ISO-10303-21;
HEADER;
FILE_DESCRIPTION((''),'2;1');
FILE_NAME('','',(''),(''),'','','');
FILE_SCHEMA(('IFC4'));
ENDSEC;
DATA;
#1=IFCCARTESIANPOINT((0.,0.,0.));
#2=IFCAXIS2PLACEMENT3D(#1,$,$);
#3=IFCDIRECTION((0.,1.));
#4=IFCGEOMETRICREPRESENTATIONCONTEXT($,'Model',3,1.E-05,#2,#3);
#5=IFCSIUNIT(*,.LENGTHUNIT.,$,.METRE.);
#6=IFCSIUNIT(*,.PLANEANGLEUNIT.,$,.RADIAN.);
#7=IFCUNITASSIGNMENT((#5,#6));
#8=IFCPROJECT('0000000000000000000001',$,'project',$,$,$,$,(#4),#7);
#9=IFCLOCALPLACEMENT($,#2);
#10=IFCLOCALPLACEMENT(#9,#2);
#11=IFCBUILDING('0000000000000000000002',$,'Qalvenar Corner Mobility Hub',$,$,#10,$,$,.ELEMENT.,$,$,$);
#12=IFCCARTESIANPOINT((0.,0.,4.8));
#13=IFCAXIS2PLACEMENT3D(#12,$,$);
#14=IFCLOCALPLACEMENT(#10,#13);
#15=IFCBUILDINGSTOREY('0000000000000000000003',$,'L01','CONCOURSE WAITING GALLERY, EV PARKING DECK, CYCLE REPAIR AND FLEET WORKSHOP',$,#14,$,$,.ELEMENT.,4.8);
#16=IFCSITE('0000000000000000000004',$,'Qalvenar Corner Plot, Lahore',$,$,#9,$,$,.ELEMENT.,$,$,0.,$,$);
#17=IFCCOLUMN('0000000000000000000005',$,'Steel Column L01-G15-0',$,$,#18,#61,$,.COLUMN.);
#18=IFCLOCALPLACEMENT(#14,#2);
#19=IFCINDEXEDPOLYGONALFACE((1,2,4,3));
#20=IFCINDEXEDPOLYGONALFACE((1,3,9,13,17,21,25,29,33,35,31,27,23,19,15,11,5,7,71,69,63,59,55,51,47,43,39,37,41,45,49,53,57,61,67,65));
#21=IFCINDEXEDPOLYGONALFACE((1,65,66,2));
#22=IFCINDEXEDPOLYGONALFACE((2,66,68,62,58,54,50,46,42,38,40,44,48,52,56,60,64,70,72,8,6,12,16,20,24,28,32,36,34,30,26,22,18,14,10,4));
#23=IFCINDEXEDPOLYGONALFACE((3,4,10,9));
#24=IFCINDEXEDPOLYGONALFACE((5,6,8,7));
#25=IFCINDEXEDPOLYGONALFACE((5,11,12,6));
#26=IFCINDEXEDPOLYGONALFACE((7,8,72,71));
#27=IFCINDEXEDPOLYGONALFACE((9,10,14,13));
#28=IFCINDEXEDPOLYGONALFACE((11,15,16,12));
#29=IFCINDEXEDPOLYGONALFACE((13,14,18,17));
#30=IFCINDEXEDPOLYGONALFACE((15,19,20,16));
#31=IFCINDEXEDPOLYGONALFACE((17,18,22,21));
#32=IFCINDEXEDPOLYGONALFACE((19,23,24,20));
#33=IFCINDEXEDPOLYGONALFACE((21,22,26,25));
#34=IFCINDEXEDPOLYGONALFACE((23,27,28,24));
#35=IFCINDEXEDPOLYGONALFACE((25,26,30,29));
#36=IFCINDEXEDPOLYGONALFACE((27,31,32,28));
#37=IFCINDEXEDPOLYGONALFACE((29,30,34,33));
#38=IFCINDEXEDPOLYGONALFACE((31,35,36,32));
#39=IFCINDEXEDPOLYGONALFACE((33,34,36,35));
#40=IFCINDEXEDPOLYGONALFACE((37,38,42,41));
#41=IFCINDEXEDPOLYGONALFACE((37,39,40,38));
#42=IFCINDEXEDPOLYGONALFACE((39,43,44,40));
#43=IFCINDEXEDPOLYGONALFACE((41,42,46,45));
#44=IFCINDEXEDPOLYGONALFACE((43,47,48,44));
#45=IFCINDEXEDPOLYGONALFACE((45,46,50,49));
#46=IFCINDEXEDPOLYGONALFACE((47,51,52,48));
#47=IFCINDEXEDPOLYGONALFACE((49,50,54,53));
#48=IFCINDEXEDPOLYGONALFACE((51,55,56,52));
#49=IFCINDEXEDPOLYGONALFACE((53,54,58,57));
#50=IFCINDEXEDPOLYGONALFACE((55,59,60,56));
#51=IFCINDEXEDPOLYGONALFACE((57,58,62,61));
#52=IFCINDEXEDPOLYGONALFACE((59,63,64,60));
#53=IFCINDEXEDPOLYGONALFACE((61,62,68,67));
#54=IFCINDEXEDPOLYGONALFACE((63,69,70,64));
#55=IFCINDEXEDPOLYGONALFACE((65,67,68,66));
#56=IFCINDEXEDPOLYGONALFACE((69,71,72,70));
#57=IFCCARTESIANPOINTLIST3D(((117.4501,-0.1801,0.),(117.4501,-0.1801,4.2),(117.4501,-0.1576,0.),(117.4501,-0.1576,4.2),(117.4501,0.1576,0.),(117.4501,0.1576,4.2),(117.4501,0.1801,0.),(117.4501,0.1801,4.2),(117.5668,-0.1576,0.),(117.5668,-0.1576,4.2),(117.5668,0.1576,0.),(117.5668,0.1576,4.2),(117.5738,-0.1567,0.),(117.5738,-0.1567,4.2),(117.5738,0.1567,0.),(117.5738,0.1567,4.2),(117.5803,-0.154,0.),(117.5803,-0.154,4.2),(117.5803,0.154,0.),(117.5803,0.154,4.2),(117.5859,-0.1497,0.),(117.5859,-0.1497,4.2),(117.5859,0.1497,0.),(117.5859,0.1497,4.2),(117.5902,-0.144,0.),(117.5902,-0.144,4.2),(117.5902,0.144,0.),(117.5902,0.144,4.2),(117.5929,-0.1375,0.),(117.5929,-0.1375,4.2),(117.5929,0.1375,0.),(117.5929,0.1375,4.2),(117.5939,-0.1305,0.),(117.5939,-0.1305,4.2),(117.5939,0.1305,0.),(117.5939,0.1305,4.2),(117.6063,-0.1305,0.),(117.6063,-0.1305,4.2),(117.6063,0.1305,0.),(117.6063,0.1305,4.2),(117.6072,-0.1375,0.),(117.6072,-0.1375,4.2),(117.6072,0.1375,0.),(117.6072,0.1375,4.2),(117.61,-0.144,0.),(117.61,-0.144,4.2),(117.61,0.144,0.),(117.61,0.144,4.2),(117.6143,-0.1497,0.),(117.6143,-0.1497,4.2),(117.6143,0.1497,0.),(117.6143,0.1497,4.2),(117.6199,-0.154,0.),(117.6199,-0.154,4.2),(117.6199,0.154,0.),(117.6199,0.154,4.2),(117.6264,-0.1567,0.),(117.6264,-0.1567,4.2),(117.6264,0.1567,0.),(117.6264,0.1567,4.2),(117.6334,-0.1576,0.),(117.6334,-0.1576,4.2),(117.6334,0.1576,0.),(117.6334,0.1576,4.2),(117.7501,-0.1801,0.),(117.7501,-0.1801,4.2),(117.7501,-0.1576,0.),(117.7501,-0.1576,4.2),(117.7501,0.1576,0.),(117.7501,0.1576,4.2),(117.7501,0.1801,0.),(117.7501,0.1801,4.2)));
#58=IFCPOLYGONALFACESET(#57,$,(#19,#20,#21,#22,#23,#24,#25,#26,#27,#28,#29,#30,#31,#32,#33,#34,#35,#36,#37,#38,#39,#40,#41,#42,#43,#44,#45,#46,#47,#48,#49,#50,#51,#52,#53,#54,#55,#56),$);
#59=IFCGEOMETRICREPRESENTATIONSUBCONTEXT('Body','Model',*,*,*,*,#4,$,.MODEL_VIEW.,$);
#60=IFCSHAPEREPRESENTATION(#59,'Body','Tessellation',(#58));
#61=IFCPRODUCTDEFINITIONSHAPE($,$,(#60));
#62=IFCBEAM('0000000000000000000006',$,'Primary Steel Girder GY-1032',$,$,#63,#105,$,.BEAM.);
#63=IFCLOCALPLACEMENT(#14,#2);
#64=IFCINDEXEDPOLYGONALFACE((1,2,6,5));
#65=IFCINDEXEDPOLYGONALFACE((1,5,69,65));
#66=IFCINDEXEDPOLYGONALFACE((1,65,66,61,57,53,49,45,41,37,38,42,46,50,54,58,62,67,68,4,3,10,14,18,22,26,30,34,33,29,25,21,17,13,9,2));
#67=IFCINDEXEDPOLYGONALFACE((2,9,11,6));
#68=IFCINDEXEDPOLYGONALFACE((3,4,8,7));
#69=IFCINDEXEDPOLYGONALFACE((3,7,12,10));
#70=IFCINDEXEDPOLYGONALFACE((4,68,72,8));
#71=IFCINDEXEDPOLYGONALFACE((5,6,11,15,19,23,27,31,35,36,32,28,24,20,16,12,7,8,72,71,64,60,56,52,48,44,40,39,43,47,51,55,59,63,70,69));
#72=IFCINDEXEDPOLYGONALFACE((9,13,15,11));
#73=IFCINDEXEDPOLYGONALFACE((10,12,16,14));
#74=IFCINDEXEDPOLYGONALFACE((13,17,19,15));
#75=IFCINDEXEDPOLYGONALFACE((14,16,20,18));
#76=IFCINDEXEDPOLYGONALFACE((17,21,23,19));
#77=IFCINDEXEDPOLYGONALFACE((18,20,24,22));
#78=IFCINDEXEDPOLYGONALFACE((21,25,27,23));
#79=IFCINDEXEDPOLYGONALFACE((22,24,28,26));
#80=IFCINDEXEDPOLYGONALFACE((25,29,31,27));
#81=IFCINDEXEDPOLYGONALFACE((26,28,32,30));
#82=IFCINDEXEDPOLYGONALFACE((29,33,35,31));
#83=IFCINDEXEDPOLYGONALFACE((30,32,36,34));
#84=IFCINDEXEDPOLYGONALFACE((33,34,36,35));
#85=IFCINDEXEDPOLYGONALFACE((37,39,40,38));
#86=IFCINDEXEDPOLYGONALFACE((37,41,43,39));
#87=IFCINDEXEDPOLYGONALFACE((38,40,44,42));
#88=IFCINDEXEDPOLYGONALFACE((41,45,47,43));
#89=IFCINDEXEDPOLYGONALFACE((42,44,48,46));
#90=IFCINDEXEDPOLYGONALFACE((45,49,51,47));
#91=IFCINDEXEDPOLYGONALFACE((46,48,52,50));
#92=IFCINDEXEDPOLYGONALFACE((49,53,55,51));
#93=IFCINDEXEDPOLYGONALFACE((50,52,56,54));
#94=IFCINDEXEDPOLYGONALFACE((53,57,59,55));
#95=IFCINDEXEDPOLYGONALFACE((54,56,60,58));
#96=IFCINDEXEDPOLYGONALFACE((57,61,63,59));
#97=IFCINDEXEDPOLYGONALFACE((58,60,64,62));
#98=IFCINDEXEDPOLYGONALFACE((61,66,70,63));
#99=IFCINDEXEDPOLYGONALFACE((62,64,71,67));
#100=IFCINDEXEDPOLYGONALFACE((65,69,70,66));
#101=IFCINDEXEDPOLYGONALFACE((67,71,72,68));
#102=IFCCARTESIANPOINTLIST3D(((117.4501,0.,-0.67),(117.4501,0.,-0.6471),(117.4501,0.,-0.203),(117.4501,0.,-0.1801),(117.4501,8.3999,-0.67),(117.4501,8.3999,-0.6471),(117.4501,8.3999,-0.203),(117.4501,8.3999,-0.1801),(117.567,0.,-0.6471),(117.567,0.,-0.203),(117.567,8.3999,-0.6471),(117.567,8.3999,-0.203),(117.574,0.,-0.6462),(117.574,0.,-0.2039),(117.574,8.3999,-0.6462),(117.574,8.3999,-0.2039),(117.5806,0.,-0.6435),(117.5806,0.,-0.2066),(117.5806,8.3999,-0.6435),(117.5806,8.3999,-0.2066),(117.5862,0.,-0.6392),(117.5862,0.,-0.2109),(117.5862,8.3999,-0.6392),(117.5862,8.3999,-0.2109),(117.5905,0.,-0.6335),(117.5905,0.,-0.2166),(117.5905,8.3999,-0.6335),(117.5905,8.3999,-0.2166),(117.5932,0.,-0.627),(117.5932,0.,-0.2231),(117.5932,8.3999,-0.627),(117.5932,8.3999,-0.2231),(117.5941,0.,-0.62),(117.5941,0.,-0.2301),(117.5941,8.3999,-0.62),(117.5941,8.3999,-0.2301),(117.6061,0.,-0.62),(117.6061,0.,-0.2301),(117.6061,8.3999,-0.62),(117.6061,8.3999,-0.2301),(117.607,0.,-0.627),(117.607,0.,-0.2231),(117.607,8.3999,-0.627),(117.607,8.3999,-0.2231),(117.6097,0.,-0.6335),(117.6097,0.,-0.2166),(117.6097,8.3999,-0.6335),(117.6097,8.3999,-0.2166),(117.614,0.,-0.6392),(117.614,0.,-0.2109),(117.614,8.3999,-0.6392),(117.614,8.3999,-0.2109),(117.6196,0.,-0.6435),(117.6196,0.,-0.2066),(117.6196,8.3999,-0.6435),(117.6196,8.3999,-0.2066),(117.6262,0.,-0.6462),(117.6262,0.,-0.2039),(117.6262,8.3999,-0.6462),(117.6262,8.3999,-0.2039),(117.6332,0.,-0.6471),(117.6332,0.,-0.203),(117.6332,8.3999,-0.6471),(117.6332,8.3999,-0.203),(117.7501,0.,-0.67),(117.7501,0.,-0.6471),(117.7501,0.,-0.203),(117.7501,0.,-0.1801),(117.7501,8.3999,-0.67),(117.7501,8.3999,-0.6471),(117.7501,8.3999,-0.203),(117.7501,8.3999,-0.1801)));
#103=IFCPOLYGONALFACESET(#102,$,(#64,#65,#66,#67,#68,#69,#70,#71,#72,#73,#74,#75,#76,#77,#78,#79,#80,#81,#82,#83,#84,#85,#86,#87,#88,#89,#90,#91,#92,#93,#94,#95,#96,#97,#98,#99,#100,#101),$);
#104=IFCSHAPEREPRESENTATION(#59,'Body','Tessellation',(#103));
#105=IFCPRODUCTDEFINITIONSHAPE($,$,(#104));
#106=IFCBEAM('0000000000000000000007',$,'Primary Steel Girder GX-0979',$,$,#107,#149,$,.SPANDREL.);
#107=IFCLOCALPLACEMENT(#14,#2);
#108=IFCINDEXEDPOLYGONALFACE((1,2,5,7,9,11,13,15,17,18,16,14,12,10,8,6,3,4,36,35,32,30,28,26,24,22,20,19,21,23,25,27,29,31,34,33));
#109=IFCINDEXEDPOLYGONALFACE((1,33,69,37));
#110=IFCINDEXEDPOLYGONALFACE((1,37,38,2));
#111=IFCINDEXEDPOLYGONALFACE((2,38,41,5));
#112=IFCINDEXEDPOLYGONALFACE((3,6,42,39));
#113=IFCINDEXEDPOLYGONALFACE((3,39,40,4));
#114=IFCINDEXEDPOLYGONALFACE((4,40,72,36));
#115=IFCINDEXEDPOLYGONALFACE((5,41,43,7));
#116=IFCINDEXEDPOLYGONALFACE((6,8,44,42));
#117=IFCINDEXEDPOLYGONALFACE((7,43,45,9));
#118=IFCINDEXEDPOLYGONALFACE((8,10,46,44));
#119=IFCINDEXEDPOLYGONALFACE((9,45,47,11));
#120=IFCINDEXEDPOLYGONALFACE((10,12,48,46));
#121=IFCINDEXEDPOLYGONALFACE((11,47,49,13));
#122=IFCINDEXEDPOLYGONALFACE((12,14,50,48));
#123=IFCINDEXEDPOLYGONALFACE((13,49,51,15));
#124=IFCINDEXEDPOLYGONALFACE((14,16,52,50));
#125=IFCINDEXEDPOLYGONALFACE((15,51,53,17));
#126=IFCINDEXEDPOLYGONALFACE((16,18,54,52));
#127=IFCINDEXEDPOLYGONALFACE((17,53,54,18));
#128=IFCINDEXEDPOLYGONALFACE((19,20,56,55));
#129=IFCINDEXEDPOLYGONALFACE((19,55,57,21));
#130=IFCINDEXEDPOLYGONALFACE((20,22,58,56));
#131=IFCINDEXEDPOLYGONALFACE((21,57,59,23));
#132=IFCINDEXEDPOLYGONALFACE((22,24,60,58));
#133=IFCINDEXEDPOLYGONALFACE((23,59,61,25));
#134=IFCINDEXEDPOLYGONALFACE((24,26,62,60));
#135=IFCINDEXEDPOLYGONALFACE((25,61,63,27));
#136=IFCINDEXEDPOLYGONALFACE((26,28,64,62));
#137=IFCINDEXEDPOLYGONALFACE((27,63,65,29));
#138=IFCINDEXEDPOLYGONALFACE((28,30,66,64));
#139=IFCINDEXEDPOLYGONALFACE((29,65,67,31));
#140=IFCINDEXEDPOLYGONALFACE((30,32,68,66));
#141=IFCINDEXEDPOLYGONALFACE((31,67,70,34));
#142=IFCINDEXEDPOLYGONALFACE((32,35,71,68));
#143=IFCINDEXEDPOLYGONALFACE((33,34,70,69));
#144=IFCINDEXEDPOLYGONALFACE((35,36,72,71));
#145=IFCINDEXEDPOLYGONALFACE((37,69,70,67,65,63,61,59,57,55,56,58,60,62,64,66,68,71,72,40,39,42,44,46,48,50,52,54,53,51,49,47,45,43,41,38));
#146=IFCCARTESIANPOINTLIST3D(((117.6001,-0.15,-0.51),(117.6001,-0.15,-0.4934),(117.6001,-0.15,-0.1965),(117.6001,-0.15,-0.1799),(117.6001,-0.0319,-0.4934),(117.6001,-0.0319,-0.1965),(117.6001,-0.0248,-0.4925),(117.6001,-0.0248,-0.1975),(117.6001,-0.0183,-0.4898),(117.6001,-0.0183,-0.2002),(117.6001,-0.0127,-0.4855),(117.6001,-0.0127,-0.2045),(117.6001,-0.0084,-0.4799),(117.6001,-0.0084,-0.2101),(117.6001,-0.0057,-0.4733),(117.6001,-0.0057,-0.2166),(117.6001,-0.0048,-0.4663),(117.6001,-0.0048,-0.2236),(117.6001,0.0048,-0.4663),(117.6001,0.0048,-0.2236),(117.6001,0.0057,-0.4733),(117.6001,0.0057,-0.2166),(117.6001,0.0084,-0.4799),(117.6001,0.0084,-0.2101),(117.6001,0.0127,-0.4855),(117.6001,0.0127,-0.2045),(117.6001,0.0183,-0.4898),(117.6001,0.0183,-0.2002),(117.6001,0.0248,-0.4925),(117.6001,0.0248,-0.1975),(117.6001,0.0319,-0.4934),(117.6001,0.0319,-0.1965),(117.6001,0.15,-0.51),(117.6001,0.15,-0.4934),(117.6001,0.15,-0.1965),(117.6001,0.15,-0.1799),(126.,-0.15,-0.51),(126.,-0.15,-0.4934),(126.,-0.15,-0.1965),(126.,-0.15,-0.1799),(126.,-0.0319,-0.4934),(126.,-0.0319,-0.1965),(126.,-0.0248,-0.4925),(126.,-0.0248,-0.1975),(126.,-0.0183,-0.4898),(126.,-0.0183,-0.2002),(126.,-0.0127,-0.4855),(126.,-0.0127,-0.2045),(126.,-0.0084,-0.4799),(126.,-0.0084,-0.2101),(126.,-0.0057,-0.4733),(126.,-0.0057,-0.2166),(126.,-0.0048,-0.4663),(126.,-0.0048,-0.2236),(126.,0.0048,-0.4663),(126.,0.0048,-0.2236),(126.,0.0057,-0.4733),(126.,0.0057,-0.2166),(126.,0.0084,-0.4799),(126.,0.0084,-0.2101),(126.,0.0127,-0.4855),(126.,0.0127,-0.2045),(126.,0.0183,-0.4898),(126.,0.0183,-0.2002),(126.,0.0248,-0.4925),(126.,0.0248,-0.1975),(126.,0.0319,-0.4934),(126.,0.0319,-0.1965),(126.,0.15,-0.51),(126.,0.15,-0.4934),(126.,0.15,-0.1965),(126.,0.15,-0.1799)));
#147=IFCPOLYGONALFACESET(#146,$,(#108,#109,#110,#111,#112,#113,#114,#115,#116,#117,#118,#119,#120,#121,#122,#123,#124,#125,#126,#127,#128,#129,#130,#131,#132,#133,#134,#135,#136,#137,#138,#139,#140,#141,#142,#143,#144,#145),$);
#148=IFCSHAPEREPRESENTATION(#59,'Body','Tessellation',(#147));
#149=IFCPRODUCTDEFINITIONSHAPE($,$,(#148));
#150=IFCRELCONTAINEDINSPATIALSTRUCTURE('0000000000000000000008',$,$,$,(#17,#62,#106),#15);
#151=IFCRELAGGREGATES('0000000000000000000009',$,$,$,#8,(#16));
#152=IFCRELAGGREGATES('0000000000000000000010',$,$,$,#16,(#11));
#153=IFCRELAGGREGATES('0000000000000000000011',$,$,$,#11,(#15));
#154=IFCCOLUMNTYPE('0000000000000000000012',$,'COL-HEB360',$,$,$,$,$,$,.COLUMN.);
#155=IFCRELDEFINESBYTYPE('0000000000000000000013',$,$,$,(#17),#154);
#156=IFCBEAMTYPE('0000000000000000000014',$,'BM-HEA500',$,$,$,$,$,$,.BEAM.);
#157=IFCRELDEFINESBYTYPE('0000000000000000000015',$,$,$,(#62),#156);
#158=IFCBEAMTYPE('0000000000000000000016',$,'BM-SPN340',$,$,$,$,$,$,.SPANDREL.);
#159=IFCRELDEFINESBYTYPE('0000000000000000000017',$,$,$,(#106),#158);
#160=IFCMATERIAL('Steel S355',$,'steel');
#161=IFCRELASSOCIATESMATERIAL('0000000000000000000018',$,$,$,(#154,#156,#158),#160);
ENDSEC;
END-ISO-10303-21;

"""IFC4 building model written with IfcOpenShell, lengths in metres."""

from ifc_helpers import new_model, si_unit, direction, frame, origin, origin_2d, place, context, subcontext, project, spatial, i_section, extrude, material, material_profile, profile_set, type_object, element, save


model = new_model("IFC4")

# Units and contexts
model_context = context("Model", 3, precision=1e-05, world=origin(), true_north=direction((0.0, 1.0)))
body_context = subcontext(model_context, "Body", "Model", "MODEL_VIEW")
ifc_project = project(units=[si_unit("LENGTHUNIT", "METRE"), si_unit("PLANEANGLEUNIT", "RADIAN")], contexts=[model_context])

# Site, building, storey
site_placement = place(None, origin())
site = spatial("IfcSite", under=ifc_project, at=site_placement, Name="Qalvenar Corner Plot, Lahore", CompositionType="ELEMENT", RefElevation=0.0)
building_placement = place(site_placement, origin())
building = spatial("IfcBuilding", under=site, at=building_placement, Name="Qalvenar Corner Mobility Hub", CompositionType="ELEMENT")
storey_placement = place(building_placement, frame((0.0, 0.0, 4.8)))
storey = spatial("IfcBuildingStorey", under=building, at=storey_placement, Name="L01", Description="CONCOURSE WAITING GALLERY, EV PARKING DECK, CYCLE REPAIR AND FLEET WORKSHOP", CompositionType="ELEMENT", Elevation=4.8)

# Column
ifc_material_1 = material(Name="Steel S355", Category="steel")
ifc_material_profile_1 = material_profile(ifc_material_1, i_section(OverallWidth=0.3, OverallDepth=0.3601, WebThickness=0.0125, FlangeThickness=0.0225, FilletRadius=0.0271, at=origin_2d()), Name="HEB360")
ifc_profile_set_1 = profile_set([ifc_material_profile_1], Name="Steel S355")
column_type = type_object("IfcColumnType", Name="COL-HEB360", PredefinedType="COLUMN", material=ifc_profile_set_1)
column_placement = place(storey_placement, frame((117.6001, 0.0, 0.0), z_axis=(0.0, 0.0, 1.0), x_axis=(1.0, 0.0, 0.0)))
element("IfcColumn", 1, at=column_placement, inside=storey, type_object=column_type, Name="Steel Column L01-G15-0", PredefinedType="COLUMN", context=body_context, shape_type="SweptSolid", body=[
    extrude(i_section(OverallWidth=0.3, OverallDepth=0.3601, WebThickness=0.0125, FlangeThickness=0.0225, FilletRadius=0.0271, at=origin_2d()), origin(), (0.0, 0.0, 1.0), 4.2),
])

# Beams
ifc_material_profile_2 = material_profile(ifc_material_1, i_section(OverallWidth=0.3, OverallDepth=0.49, WebThickness=0.012, FlangeThickness=0.0229, FilletRadius=0.0271, at=origin_2d()), Name="HEA500")
ifc_profile_set_2 = profile_set([ifc_material_profile_2], Name="Steel S355")
beam_type_1 = type_object("IfcBeamType", Name="BM-HEA500", PredefinedType="BEAM", material=ifc_profile_set_2)
beam_1_placement = place(storey_placement, frame((117.6001, 0.0, -0.425), z_axis=(0.0, 1.0, 0.0), x_axis=(-1.0, 0.0, 0.0)))
element("IfcBeam", 2, at=beam_1_placement, inside=storey, type_object=beam_type_1, Name="Primary Steel Girder GY-1032", PredefinedType="BEAM", context=body_context, shape_type="SweptSolid", body=[
    extrude(i_section(OverallWidth=0.3, OverallDepth=0.49, WebThickness=0.012, FlangeThickness=0.0229, FilletRadius=0.0271, at=origin_2d()), origin(), (0.0, 0.0, 1.0), 8.3999),
])
ifc_material_profile_3 = material_profile(ifc_material_1, i_section(OverallWidth=0.3, OverallDepth=0.3301, WebThickness=0.0095, FlangeThickness=0.0166, FilletRadius=0.0271, at=origin_2d()), Name="HEA340")
ifc_profile_set_3 = profile_set([ifc_material_profile_3], Name="Steel S355")
beam_type_2 = type_object("IfcBeamType", Name="BM-SPN340", PredefinedType="SPANDREL", material=ifc_profile_set_3)
beam_2_placement = place(storey_placement, frame((117.6001, 0.0, -0.345), z_axis=(1.0, 0.0, 0.0), x_axis=(0.0, 1.0, 0.0)))
element("IfcBeam", 3, at=beam_2_placement, inside=storey, type_object=beam_type_2, Name="Primary Steel Girder GX-0979", PredefinedType="SPANDREL", context=body_context, shape_type="SweptSolid", body=[
    extrude(i_section(OverallWidth=0.3, OverallDepth=0.3301, WebThickness=0.0095, FlangeThickness=0.0166, FilletRadius=0.0271, at=origin_2d()), origin(), (0.0, 0.0, 1.0), 8.3999),
])

save(model, "model.ifc")
